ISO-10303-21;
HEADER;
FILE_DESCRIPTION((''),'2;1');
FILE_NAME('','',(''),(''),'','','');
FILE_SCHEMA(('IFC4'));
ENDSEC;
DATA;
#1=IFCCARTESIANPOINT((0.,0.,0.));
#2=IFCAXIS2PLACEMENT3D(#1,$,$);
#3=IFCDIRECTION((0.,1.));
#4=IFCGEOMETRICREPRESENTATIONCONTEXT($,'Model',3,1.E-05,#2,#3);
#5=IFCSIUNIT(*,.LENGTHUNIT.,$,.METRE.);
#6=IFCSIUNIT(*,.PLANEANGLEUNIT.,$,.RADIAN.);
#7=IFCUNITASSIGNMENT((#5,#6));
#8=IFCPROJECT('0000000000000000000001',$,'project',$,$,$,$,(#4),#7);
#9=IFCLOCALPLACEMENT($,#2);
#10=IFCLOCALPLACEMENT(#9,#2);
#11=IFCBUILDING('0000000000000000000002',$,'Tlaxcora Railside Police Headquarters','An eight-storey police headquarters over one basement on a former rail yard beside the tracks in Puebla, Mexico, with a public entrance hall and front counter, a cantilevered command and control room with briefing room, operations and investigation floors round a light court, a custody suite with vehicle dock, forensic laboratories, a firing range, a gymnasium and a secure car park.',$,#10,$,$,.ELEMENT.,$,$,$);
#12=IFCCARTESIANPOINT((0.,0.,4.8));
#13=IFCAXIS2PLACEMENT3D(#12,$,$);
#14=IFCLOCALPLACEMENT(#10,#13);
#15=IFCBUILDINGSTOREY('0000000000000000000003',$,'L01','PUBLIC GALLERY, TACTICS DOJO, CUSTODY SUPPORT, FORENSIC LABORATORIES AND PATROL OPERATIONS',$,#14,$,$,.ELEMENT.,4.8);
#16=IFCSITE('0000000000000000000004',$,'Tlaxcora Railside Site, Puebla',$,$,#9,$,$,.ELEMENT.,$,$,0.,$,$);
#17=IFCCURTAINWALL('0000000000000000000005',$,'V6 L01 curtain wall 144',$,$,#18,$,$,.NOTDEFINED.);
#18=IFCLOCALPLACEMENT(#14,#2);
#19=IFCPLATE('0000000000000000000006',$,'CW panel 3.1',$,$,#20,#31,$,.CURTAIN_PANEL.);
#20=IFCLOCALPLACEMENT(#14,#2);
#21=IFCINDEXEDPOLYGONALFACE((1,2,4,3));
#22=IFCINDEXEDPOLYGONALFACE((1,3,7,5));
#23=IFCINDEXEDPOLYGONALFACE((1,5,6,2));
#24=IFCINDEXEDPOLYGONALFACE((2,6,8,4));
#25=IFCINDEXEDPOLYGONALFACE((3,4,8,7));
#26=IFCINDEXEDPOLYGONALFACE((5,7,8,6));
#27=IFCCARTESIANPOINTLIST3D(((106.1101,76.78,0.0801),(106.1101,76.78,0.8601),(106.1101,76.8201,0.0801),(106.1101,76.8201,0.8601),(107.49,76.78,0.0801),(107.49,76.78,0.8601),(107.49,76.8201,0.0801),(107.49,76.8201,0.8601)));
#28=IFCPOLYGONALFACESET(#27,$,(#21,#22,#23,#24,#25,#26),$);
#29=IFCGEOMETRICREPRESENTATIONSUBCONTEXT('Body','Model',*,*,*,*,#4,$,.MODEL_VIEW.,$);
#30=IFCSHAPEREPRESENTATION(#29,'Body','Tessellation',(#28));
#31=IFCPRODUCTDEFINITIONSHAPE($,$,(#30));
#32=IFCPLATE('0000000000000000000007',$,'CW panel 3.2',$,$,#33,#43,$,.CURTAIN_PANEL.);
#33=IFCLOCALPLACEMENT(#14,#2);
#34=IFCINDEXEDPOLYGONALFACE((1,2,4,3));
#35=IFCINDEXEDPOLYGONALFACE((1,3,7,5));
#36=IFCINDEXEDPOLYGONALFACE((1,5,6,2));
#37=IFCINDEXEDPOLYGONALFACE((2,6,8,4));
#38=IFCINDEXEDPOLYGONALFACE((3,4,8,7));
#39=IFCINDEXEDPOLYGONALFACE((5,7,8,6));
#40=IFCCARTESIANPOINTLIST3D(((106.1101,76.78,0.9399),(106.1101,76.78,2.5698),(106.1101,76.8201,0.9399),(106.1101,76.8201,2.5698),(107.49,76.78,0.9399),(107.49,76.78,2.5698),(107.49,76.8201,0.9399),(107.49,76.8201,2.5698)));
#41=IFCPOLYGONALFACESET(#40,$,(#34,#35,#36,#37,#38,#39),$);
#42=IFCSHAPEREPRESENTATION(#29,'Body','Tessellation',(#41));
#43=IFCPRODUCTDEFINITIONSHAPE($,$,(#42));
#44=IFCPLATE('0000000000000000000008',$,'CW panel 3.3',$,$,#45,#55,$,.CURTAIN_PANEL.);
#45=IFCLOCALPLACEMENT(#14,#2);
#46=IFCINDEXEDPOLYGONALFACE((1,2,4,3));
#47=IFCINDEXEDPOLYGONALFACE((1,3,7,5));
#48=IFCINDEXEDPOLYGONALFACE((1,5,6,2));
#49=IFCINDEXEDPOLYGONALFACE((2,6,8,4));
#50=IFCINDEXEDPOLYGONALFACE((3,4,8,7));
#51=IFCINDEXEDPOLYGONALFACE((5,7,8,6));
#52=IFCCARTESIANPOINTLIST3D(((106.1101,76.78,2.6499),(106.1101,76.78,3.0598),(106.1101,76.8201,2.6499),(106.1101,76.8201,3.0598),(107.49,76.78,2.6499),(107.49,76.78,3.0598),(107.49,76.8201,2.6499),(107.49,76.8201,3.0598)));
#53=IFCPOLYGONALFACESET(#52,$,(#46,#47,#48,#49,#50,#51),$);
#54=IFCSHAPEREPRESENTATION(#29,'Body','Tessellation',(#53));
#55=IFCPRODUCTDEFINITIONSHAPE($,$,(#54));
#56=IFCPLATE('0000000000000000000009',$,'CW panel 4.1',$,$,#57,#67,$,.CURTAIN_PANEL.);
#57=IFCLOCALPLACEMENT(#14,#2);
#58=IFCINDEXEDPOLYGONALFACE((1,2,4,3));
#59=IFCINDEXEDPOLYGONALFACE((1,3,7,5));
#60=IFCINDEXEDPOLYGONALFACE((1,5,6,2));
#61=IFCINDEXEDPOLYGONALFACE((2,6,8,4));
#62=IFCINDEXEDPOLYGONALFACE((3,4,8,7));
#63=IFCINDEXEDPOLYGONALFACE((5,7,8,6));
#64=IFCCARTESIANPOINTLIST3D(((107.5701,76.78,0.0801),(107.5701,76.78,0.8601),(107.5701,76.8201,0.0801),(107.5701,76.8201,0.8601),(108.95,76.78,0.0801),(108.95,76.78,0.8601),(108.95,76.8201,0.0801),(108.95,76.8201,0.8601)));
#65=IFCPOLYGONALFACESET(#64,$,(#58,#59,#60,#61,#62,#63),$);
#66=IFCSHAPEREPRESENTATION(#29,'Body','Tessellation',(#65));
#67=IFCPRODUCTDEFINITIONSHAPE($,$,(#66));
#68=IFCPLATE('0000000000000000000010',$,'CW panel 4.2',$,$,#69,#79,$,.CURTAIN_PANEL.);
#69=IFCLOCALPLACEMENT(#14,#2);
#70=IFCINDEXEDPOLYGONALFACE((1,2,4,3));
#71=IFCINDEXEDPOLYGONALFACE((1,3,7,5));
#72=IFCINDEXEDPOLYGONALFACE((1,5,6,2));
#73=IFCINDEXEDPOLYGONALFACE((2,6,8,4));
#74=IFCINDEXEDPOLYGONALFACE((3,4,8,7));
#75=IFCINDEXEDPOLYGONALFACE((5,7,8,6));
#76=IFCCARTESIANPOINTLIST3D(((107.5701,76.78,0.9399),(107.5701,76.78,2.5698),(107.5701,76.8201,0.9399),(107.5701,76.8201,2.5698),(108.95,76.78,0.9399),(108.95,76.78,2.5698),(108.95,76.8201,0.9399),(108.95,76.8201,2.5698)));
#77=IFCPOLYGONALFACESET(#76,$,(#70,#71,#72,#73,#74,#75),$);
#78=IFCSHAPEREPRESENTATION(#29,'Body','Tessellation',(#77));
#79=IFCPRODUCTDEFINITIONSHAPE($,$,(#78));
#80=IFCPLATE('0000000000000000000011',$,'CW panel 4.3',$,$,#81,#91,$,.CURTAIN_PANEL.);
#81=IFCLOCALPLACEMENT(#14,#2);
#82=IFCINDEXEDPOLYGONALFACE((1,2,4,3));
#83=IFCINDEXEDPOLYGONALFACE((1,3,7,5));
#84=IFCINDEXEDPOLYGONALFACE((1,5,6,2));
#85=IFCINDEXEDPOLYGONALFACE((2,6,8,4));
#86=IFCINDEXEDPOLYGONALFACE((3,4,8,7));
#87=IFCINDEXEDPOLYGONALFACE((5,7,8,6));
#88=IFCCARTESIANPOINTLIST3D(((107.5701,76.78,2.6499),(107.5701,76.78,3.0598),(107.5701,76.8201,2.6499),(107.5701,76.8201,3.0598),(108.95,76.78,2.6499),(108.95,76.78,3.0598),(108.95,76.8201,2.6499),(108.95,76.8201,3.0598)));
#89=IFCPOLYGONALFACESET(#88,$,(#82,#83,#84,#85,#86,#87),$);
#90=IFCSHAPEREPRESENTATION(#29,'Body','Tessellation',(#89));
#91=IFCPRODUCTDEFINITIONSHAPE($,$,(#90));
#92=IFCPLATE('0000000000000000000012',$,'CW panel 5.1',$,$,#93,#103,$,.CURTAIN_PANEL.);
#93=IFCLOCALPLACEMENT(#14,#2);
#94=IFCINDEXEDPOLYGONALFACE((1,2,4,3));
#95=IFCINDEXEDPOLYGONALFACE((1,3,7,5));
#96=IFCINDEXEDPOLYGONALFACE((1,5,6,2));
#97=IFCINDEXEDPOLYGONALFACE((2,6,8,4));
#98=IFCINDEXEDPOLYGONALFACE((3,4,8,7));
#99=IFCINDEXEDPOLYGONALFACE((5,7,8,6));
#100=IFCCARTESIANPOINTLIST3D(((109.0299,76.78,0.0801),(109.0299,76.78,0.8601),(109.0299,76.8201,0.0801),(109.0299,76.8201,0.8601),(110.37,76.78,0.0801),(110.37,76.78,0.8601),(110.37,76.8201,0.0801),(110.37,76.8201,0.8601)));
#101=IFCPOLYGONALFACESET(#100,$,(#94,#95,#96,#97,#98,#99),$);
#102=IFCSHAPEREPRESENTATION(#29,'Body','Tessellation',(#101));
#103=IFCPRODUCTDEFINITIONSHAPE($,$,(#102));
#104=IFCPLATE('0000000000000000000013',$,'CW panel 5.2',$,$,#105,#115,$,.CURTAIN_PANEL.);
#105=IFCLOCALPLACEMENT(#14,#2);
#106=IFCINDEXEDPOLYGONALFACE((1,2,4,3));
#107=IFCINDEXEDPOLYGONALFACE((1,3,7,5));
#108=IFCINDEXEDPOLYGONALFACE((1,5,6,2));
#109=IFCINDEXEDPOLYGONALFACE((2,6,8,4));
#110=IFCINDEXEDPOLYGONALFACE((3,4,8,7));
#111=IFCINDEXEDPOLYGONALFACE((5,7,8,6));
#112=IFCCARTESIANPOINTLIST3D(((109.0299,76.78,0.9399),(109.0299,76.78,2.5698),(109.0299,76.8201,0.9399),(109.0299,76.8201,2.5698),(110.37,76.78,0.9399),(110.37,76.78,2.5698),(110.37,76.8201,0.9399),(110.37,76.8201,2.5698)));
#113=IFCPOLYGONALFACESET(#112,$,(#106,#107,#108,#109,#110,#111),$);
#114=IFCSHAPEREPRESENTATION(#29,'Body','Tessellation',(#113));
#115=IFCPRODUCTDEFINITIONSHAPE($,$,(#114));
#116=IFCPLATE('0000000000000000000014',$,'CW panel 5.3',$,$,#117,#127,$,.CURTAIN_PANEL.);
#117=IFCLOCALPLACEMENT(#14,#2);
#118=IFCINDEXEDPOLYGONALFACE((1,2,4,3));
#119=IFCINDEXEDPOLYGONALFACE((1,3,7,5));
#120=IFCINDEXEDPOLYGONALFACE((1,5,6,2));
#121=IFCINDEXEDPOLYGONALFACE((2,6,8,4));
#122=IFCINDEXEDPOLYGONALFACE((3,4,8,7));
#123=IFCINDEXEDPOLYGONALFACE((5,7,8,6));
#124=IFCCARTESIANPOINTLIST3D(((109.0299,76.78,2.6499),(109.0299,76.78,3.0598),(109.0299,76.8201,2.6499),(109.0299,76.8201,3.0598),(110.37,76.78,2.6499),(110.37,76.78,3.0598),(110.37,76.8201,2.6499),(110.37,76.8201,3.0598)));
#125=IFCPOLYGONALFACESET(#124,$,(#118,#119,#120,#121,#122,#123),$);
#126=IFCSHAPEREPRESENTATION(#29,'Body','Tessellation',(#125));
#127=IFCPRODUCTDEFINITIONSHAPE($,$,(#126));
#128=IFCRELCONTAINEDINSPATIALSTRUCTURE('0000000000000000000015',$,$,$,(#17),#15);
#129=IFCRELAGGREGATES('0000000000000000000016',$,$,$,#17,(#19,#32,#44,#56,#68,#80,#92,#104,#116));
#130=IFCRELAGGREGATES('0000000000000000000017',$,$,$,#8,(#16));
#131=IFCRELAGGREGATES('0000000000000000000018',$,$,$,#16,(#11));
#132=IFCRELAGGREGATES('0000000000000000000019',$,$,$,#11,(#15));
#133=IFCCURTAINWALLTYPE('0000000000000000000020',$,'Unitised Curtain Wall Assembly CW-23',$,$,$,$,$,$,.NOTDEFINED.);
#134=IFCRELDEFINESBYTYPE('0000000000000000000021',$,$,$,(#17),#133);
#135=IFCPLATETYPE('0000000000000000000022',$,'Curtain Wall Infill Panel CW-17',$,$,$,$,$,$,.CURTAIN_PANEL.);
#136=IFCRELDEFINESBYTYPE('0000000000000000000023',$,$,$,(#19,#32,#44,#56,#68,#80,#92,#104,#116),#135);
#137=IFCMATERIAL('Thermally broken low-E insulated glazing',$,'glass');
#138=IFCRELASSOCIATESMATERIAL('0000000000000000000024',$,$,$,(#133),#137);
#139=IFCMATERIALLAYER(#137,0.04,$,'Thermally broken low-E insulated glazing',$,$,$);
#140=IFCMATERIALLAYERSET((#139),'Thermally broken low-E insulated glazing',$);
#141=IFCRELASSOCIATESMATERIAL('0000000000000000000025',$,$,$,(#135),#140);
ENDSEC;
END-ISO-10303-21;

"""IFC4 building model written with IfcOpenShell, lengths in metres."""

from ifc_helpers import new_model, si_unit, direction, frame, origin, origin_2d, place, context, subcontext, project, spatial, rectangle, extrude, material, layer, layer_set, type_object, element, aggregate, save


model = new_model("IFC4")

# Units and contexts
model_context = context("Model", 3, precision=1e-05, world=origin(), true_north=direction((0.0, 1.0)))
body_context = subcontext(model_context, "Body", "Model", "MODEL_VIEW")
ifc_project = project(units=[si_unit("LENGTHUNIT", "METRE"), si_unit("PLANEANGLEUNIT", "RADIAN")], contexts=[model_context])

# Site, building, storey
site_placement = place(None, origin())
site = spatial("IfcSite", under=ifc_project, at=site_placement, Name="Tlaxcora Railside Site, Puebla", CompositionType="ELEMENT", RefElevation=0.0)
building_placement = place(site_placement, origin())
building = spatial("IfcBuilding", under=site, at=building_placement, Name="Tlaxcora Railside Police Headquarters", Description="An eight-storey police headquarters over one basement on a former rail yard beside the tracks in Puebla, Mexico, with a public entrance hall and front counter, a cantilevered command and control room with briefing room, operations and investigation floors round a light court, a custody suite with vehicle dock, forensic laboratories, a firing range, a gymnasium and a secure car park.", CompositionType="ELEMENT")
storey_placement = place(building_placement, frame((0.0, 0.0, 4.8)))
storey = spatial("IfcBuildingStorey", under=building, at=storey_placement, Name="L01", Description="PUBLIC GALLERY, TACTICS DOJO, CUSTODY SUPPORT, FORENSIC LABORATORIES AND PATROL OPERATIONS", CompositionType="ELEMENT", Elevation=4.8)

# Curtain wall
ifc_material_1 = material(Name="Thermally broken low-E insulated glazing", Category="glass")
curtain_wall_type = type_object("IfcCurtainWallType", Name="Unitised Curtain Wall Assembly CW-23", PredefinedType="NOTDEFINED", material=ifc_material_1)
curtain_wall_placement = place(storey_placement, origin())
curtain_wall = element("IfcCurtainWall", 1, at=curtain_wall_placement, inside=storey, type_object=curtain_wall_type, Name="V6 L01 curtain wall 144", PredefinedType="NOTDEFINED")

# Plates
ifc_layer = layer(ifc_material_1, 0.04, Name="Thermally broken low-E insulated glazing")
ifc_layer_set = layer_set([ifc_layer], Name="Thermally broken low-E insulated glazing")
plate_type = type_object("IfcPlateType", Name="Curtain Wall Infill Panel CW-17", PredefinedType="CURTAIN_PANEL", material=ifc_layer_set)
plate_1_placement = place(storey_placement, frame((106.8, 76.8, 0.0801), z_axis=(0.0, 0.0, 1.0), x_axis=(1.0, 0.0, 0.0)))
plate_1 = element("IfcPlate", 2, at=plate_1_placement, type_object=plate_type, Name="CW panel 3.1", PredefinedType="CURTAIN_PANEL", context=body_context, shape_type="SweptSolid", body=[
    extrude(rectangle(XDim=1.3799, YDim=0.04, at=origin_2d()), origin(), (0.0, 0.0, 1.0), 0.78),
])
plate_2_placement = place(storey_placement, frame((106.8, 76.8, 0.9399), z_axis=(0.0, 0.0, 1.0), x_axis=(1.0, 0.0, 0.0)))
plate_2 = element("IfcPlate", 3, at=plate_2_placement, type_object=plate_type, Name="CW panel 3.2", PredefinedType="CURTAIN_PANEL", context=body_context, shape_type="SweptSolid", body=[
    extrude(rectangle(XDim=1.3799, YDim=0.04, at=origin_2d()), origin(), (0.0, 0.0, 1.0), 1.6299),
])
plate_3_placement = place(storey_placement, frame((106.8, 76.8, 2.6499), z_axis=(0.0, 0.0, 1.0), x_axis=(1.0, 0.0, 0.0)))
plate_3 = element("IfcPlate", 4, at=plate_3_placement, type_object=plate_type, Name="CW panel 3.3", PredefinedType="CURTAIN_PANEL", context=body_context, shape_type="SweptSolid", body=[
    extrude(rectangle(XDim=1.3799, YDim=0.04, at=origin_2d()), origin(), (0.0, 0.0, 1.0), 0.4099),
])
plate_4_placement = place(storey_placement, frame((108.26, 76.8, 0.0801), z_axis=(0.0, 0.0, 1.0), x_axis=(1.0, 0.0, 0.0)))
plate_4 = element("IfcPlate", 5, at=plate_4_placement, type_object=plate_type, Name="CW panel 4.1", PredefinedType="CURTAIN_PANEL", context=body_context, shape_type="SweptSolid", body=[
    extrude(rectangle(XDim=1.3799, YDim=0.04, at=origin_2d()), origin(), (0.0, 0.0, 1.0), 0.78),
])
plate_5_placement = place(storey_placement, frame((108.26, 76.8, 0.9399), z_axis=(0.0, 0.0, 1.0), x_axis=(1.0, 0.0, 0.0)))
plate_5 = element("IfcPlate", 6, at=plate_5_placement, type_object=plate_type, Name="CW panel 4.2", PredefinedType="CURTAIN_PANEL", context=body_context, shape_type="SweptSolid", body=[
    extrude(rectangle(XDim=1.3799, YDim=0.04, at=origin_2d()), origin(), (0.0, 0.0, 1.0), 1.6299),
])
plate_6_placement = place(storey_placement, frame((108.26, 76.8, 2.6499), z_axis=(0.0, 0.0, 1.0), x_axis=(1.0, 0.0, 0.0)))
plate_6 = element("IfcPlate", 7, at=plate_6_placement, type_object=plate_type, Name="CW panel 4.3", PredefinedType="CURTAIN_PANEL", context=body_context, shape_type="SweptSolid", body=[
    extrude(rectangle(XDim=1.3799, YDim=0.04, at=origin_2d()), origin(), (0.0, 0.0, 1.0), 0.4099),
])
plate_7_placement = place(storey_placement, frame((109.7, 76.8, 0.0801), z_axis=(0.0, 0.0, 1.0), x_axis=(1.0, 0.0, 0.0)))
plate_7 = element("IfcPlate", 8, at=plate_7_placement, type_object=plate_type, Name="CW panel 5.1", PredefinedType="CURTAIN_PANEL", context=body_context, shape_type="SweptSolid", body=[
    extrude(rectangle(XDim=1.3401, YDim=0.04, at=origin_2d()), origin(), (0.0, 0.0, 1.0), 0.78),
])
plate_8_placement = place(storey_placement, frame((109.7, 76.8, 0.9399), z_axis=(0.0, 0.0, 1.0), x_axis=(1.0, 0.0, 0.0)))
plate_8 = element("IfcPlate", 9, at=plate_8_placement, type_object=plate_type, Name="CW panel 5.2", PredefinedType="CURTAIN_PANEL", context=body_context, shape_type="SweptSolid", body=[
    extrude(rectangle(XDim=1.3401, YDim=0.04, at=origin_2d()), origin(), (0.0, 0.0, 1.0), 1.6299),
])
plate_9_placement = place(storey_placement, frame((109.7, 76.8, 2.6499), z_axis=(0.0, 0.0, 1.0), x_axis=(1.0, 0.0, 0.0)))
plate_9 = element("IfcPlate", 10, at=plate_9_placement, type_object=plate_type, Name="CW panel 5.3", PredefinedType="CURTAIN_PANEL", context=body_context, shape_type="SweptSolid", body=[
    extrude(rectangle(XDim=1.3401, YDim=0.04, at=origin_2d()), origin(), (0.0, 0.0, 1.0), 0.4099),
])
aggregate(curtain_wall, [plate_1, plate_2, plate_3, plate_4, plate_5, plate_6, plate_7, plate_8, plate_9])

save(model, "model.ifc")
